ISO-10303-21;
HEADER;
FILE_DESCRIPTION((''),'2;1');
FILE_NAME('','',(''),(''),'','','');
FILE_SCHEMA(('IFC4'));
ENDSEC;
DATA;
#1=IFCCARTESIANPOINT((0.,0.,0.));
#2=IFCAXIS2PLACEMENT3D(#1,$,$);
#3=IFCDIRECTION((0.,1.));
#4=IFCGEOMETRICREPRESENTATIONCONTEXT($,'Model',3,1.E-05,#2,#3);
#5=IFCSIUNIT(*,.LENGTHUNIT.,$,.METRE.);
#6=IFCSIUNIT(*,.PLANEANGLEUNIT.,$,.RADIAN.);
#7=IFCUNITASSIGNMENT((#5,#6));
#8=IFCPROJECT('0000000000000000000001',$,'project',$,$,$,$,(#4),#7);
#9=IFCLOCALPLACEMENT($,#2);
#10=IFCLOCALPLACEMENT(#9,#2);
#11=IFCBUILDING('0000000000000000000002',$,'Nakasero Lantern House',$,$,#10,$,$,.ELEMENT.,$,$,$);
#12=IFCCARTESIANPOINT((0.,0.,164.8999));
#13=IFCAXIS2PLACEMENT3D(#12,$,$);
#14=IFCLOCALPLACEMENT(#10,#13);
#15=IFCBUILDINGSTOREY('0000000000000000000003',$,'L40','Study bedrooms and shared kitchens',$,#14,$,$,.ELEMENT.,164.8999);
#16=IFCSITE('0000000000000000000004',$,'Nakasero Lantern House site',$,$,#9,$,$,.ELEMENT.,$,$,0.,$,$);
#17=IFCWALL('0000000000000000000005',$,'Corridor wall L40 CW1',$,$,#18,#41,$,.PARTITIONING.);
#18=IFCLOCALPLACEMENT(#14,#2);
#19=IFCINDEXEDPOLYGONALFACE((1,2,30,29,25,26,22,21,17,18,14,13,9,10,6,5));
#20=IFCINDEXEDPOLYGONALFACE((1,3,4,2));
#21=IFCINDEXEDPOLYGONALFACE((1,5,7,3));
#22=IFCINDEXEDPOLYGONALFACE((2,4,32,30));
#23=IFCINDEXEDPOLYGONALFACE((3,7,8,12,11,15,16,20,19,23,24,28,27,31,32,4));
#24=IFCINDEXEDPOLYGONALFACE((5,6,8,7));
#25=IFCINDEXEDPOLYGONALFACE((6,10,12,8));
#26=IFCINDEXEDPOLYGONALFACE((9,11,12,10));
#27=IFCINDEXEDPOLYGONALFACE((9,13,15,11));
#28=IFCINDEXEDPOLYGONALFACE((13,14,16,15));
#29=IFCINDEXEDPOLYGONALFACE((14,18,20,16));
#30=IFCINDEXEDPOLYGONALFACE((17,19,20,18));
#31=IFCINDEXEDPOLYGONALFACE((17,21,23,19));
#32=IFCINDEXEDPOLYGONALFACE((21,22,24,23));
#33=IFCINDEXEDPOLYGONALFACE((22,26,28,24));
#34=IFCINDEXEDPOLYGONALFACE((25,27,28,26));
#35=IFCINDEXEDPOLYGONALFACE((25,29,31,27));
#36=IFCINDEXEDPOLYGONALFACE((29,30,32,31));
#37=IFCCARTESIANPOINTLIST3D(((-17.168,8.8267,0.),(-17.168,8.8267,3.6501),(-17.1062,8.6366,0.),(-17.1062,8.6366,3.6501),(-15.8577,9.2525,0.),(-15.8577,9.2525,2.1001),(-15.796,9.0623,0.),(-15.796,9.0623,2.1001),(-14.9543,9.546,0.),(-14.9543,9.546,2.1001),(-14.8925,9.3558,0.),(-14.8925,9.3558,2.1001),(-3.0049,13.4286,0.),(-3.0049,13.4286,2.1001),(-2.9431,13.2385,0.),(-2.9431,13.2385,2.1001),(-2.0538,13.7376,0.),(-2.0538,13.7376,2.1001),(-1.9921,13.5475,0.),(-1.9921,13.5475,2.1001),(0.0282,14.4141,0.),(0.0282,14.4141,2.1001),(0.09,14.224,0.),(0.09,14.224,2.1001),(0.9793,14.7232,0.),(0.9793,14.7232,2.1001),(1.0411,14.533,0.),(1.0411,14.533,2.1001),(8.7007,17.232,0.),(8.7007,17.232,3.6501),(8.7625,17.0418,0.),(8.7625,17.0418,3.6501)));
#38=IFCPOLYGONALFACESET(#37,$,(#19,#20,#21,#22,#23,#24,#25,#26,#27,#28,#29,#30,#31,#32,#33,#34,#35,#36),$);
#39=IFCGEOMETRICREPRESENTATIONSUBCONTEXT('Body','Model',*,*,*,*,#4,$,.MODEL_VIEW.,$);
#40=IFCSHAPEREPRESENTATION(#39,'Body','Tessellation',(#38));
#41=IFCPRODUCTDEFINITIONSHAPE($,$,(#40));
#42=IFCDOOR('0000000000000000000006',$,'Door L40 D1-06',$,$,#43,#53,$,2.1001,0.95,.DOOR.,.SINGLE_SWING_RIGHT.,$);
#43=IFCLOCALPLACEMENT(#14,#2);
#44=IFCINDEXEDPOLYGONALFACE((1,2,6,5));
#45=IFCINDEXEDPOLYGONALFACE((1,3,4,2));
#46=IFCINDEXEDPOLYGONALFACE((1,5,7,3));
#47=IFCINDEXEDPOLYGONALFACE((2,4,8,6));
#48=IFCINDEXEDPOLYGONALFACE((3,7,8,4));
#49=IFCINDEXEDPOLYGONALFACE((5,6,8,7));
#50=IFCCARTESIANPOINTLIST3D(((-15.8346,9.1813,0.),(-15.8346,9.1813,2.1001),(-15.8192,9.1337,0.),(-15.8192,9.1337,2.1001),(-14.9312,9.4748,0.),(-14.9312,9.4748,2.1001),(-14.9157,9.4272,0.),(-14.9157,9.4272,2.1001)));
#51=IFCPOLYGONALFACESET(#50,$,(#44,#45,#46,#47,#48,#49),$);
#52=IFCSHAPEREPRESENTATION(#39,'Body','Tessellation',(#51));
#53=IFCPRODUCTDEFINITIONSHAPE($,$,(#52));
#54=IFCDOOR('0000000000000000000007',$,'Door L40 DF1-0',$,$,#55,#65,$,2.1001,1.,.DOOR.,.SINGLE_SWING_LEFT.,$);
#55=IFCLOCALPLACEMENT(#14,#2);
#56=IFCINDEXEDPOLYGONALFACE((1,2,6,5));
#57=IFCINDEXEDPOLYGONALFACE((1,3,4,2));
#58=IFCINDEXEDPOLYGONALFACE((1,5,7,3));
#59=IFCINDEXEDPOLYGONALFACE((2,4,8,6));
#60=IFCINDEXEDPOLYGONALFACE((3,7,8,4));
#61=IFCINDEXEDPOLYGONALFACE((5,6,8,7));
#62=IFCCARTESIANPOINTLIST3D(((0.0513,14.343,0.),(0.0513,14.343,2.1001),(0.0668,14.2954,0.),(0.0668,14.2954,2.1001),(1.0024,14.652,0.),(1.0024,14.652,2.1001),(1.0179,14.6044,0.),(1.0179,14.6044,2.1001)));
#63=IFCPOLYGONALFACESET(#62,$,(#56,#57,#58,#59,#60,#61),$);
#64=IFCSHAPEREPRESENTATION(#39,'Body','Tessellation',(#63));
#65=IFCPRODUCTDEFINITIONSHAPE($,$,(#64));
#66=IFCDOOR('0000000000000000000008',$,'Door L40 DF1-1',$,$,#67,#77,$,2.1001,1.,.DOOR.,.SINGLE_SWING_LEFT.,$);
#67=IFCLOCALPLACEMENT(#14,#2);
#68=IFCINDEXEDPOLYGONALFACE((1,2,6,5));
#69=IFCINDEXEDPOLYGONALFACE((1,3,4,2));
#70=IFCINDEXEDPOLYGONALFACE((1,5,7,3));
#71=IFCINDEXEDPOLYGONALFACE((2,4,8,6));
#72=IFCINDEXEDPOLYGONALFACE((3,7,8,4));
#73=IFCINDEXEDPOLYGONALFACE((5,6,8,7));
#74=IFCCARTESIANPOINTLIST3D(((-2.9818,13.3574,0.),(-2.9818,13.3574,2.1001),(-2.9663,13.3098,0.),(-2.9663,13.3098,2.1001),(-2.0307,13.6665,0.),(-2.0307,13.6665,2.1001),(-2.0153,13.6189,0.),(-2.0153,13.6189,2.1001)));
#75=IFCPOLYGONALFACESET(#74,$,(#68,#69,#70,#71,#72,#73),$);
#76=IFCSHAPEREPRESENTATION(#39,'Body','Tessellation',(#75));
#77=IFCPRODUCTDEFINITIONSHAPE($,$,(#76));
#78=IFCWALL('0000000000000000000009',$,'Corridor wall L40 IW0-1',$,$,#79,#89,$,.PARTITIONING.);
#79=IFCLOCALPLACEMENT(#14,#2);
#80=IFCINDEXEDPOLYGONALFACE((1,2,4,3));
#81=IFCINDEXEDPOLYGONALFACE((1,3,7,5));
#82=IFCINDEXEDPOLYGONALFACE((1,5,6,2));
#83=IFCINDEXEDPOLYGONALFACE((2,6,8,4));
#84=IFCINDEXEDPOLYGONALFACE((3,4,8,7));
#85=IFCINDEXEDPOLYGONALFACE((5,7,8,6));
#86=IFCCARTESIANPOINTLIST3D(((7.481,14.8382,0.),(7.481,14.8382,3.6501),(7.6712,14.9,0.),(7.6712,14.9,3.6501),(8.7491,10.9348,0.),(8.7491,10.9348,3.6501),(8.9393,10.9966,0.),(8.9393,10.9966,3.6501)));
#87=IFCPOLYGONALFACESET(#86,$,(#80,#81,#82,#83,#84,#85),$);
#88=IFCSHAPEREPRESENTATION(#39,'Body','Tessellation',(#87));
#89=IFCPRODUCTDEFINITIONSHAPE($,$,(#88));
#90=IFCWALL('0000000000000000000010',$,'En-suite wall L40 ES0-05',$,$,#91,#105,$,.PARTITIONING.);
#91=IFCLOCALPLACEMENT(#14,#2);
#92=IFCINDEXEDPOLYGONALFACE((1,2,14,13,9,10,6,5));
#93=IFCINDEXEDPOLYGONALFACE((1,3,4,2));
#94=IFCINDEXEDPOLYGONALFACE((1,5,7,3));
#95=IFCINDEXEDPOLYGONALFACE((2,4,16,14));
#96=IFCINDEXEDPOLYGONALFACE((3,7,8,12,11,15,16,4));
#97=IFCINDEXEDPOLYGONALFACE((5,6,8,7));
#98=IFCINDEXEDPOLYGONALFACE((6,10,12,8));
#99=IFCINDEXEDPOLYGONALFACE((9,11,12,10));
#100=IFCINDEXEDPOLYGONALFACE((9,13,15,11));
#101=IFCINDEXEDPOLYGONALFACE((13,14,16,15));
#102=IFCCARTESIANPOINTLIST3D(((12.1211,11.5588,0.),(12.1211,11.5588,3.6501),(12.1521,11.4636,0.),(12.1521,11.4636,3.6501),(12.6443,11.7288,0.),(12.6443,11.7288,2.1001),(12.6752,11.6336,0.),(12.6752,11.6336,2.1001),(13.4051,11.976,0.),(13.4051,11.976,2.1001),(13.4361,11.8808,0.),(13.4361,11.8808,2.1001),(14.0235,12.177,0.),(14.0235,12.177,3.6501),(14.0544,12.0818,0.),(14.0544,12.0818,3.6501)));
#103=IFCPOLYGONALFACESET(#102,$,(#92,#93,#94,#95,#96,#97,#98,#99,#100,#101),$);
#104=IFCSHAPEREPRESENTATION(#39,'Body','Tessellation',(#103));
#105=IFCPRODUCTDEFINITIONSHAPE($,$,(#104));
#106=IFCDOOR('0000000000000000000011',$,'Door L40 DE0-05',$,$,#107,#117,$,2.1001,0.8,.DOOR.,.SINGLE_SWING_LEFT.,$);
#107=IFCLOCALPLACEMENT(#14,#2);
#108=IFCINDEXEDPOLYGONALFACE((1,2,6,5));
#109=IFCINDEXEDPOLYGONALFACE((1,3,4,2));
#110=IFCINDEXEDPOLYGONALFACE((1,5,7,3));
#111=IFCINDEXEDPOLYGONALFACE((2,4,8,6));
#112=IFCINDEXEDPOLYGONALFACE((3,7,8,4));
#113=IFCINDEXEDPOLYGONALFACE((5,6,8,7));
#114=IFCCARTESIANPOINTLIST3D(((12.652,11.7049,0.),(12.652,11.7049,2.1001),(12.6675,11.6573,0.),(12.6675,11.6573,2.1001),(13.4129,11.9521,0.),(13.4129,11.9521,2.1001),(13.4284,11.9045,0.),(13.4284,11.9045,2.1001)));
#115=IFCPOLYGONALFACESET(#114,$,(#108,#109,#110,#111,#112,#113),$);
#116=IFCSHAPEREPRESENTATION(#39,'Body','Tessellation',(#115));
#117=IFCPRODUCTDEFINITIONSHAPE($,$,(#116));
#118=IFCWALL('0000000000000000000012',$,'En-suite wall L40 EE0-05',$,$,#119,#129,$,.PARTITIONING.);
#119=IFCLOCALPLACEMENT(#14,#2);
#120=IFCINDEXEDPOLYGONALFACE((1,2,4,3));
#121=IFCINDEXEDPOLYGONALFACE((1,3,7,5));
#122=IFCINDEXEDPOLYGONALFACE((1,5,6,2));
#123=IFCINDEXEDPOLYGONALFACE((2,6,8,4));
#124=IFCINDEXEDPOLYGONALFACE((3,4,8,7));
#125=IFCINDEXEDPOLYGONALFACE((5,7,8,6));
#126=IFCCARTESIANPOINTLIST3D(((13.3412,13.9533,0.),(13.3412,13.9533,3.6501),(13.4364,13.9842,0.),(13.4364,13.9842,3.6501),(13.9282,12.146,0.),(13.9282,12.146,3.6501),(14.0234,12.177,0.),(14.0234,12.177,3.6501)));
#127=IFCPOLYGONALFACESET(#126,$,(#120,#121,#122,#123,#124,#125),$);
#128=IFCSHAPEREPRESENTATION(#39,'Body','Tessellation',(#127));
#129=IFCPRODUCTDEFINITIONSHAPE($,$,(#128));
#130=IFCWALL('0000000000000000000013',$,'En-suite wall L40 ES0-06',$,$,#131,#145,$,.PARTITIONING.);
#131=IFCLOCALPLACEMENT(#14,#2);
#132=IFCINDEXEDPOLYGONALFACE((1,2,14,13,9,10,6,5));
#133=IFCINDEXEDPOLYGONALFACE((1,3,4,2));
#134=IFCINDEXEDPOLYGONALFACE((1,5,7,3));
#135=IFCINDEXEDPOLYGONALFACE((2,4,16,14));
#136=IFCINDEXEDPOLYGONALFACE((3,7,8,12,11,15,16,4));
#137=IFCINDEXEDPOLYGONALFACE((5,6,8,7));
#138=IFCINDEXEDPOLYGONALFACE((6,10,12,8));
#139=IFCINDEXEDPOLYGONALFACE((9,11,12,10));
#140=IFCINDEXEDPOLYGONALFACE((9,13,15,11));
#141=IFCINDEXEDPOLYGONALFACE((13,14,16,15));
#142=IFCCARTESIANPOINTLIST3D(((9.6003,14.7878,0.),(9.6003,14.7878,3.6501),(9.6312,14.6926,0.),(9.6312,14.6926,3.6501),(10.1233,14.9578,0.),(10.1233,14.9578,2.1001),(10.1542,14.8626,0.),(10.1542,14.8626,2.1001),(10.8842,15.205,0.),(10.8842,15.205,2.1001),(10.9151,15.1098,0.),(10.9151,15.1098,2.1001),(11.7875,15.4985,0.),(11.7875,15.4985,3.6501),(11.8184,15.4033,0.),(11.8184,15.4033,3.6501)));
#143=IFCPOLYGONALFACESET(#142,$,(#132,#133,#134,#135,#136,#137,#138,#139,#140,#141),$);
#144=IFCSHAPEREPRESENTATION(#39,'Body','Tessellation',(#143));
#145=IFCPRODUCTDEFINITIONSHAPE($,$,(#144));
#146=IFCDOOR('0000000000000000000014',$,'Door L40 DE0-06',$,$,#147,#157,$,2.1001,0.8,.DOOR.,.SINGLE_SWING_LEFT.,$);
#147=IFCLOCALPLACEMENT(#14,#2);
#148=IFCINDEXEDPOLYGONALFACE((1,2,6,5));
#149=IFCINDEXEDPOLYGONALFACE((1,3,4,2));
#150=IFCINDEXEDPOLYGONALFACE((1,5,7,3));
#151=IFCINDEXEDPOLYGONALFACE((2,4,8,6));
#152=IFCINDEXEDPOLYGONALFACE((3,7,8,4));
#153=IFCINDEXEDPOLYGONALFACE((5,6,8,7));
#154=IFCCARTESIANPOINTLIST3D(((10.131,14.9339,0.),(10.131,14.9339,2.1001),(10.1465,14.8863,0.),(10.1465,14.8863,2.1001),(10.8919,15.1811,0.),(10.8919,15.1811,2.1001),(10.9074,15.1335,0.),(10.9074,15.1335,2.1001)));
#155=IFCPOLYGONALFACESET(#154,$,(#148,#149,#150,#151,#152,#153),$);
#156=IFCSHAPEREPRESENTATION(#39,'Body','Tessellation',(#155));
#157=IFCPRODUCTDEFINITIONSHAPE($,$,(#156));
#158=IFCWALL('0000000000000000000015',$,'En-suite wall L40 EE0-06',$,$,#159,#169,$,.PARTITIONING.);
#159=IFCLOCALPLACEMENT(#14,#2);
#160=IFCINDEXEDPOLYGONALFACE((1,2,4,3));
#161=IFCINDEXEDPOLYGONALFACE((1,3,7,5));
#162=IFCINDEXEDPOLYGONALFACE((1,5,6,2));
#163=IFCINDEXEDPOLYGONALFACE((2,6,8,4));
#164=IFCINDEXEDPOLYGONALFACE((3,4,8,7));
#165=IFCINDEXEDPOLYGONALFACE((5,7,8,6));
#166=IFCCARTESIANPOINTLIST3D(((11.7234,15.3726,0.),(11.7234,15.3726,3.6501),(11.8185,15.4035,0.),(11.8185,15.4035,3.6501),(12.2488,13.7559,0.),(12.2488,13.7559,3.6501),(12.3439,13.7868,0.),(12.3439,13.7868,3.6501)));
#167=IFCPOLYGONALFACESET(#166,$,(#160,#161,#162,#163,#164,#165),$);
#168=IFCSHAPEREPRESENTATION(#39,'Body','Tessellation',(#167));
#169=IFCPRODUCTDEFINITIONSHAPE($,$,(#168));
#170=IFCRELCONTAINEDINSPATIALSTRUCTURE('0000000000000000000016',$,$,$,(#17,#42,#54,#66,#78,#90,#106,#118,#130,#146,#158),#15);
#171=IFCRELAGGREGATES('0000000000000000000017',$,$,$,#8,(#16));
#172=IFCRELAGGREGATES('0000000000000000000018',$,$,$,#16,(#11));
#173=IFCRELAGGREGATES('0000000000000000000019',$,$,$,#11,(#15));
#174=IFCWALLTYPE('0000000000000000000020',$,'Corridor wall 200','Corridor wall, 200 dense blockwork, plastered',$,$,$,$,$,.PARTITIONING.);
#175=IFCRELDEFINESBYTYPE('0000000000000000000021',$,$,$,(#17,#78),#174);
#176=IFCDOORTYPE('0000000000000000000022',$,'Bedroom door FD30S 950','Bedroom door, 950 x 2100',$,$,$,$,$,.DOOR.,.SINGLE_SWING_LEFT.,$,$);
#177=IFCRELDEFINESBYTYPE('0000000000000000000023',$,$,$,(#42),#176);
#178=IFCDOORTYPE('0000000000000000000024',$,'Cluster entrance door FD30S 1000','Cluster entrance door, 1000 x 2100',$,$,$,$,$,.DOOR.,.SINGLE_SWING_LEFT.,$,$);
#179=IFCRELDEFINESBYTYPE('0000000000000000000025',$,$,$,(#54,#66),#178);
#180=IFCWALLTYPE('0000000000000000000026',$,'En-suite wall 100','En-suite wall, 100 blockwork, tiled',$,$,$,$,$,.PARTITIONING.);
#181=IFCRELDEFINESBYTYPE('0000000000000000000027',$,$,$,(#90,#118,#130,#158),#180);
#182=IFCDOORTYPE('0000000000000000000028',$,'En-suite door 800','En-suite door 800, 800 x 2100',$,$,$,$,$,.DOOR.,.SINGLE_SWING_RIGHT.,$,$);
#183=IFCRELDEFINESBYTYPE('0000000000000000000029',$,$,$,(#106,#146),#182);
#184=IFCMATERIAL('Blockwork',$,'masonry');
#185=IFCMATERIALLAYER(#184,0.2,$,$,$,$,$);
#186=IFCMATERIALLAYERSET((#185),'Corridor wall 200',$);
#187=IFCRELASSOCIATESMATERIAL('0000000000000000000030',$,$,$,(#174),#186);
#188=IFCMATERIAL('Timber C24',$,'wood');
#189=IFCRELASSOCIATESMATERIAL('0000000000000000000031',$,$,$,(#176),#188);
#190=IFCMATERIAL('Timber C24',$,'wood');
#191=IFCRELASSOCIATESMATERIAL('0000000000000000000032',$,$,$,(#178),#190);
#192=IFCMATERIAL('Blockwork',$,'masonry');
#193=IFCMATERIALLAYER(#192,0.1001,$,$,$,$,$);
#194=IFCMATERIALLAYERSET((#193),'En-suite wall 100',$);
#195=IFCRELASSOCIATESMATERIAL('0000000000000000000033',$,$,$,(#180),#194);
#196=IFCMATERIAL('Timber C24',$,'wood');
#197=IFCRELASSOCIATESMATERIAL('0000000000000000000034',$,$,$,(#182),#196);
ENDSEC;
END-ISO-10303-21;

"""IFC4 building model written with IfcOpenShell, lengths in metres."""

from ifc_helpers import new_model, si_unit, direction, frame, frame_2d, origin, place, context, subcontext, project, spatial, rectangle, extrude, material, layer, layer_set, type_object, element, fill, save


model = new_model("IFC4")

# Units and contexts
model_context = context("Model", 3, precision=1e-05, world=origin(), true_north=direction((0.0, 1.0)))
body_context = subcontext(model_context, "Body", "Model", "MODEL_VIEW")
ifc_project = project(units=[si_unit("LENGTHUNIT", "METRE"), si_unit("PLANEANGLEUNIT", "RADIAN")], contexts=[model_context])

# Site, building, storey
site_placement = place(None, origin())
site = spatial("IfcSite", under=ifc_project, at=site_placement, Name="Nakasero Lantern House site", CompositionType="ELEMENT", RefElevation=0.0)
building_placement = place(site_placement, origin())
building = spatial("IfcBuilding", under=site, at=building_placement, Name="Nakasero Lantern House", CompositionType="ELEMENT")
storey_placement = place(building_placement, frame((0.0, 0.0, 164.8999)))
storey = spatial("IfcBuildingStorey", under=building, at=storey_placement, Name="L40", Description="Study bedrooms and shared kitchens", CompositionType="ELEMENT", Elevation=164.8999)

# Wall, openings, doors
ifc_material_1 = material(Name="Blockwork", Category="masonry")
ifc_layer_1 = layer(ifc_material_1, 0.2)
ifc_layer_set_1 = layer_set([ifc_layer_1], Name="Corridor wall 200")
wall_type_1 = type_object("IfcWallType", Name="Corridor wall 200", Description="Corridor wall, 200 dense blockwork, plastered", PredefinedType="PARTITIONING", material=ifc_layer_set_1)
wall_1_placement = place(storey_placement, frame((8.7317, 17.137, 0.0), z_axis=(0.0, 0.0, 1.0), x_axis=(-0.951056, -0.309018, 0.0)))
wall_1 = element("IfcWall", 1, at=wall_1_placement, inside=storey, type_object=wall_type_1, Name="Corridor wall L40 CW1", PredefinedType="PARTITIONING", context=body_context, shape_type="SweptSolid", body=[
    extrude(rectangle(XDim=27.2, YDim=0.2, at=frame_2d((13.6001, 0.0))), origin(), (0.0, 0.0, 1.0), 3.6501),
])
opening_1_placement = place(wall_1_placement, frame((8.1189, 0.0, 0.0)))
opening_1 = element("IfcOpeningElement", 2, at=opening_1_placement, cuts=wall_1, PredefinedType="OPENING", context=body_context, shape_type="SweptSolid", body=[
    extrude(rectangle(XDim=1.0, YDim=2.1001, at=frame_2d((0.5, 1.05))), frame((0.0, 0.1199, 0.0), z_axis=(0.0, -1.0, 0.0), x_axis=(1.0, 0.0, 0.0)), (0.0, 0.0, 1.0), 0.24),
])
opening_2_placement = place(wall_1_placement, frame((11.3081, 0.0, 0.0)))
opening_2 = element("IfcOpeningElement", 3, at=opening_2_placement, cuts=wall_1, PredefinedType="OPENING", context=body_context, shape_type="SweptSolid", body=[
    extrude(rectangle(XDim=1.0, YDim=2.1001, at=frame_2d((0.5, 1.05))), frame((0.0, 0.1199, 0.0), z_axis=(0.0, -1.0, 0.0), x_axis=(1.0, 0.0, 0.0)), (0.0, 0.0, 1.0), 0.24),
])
opening_3_placement = place(wall_1_placement, frame((24.8723, 0.0, 0.0)))
opening_3 = element("IfcOpeningElement", 4, at=opening_3_placement, cuts=wall_1, PredefinedType="OPENING", context=body_context, shape_type="SweptSolid", body=[
    extrude(rectangle(XDim=0.95, YDim=2.1001, at=frame_2d((0.4751, 1.05))), frame((0.0, 0.1199, 0.0), z_axis=(0.0, -1.0, 0.0), x_axis=(1.0, 0.0, 0.0)), (0.0, 0.0, 1.0), 0.24),
])
ifc_material_2 = material(Name="Timber C24", Category="wood")
door_type_1 = type_object("IfcDoorType", Name="Bedroom door FD30S 950", Description="Bedroom door, 950 x 2100", OperationType="SINGLE_SWING_LEFT", PredefinedType="DOOR", material=ifc_material_2)
door_1_placement = place(opening_3_placement, origin())
door_1 = element("IfcDoor", 5, at=door_1_placement, inside=storey, type_object=door_type_1, Name="Door L40 D1-06", OperationType="SINGLE_SWING_RIGHT", OverallHeight=2.1001, OverallWidth=0.95, PredefinedType="DOOR", context=body_context, shape_type="SweptSolid", body=[
    extrude(rectangle(XDim=0.95, YDim=2.1001, at=frame_2d((0.4751, 1.05))), frame((0.0, 0.0249, 0.0), z_axis=(0.0, -1.0, 0.0), x_axis=(1.0, 0.0, 0.0)), (0.0, 0.0, 1.0), 0.05),
])
fill(opening_3, door_1)
ifc_material_3 = material(Name="Timber C24", Category="wood")
door_type_2 = type_object("IfcDoorType", Name="Cluster entrance door FD30S 1000", Description="Cluster entrance door, 1000 x 2100", OperationType="SINGLE_SWING_LEFT", PredefinedType="DOOR", material=ifc_material_3)
door_2_placement = place(opening_1_placement, origin())
door_2 = element("IfcDoor", 6, at=door_2_placement, inside=storey, type_object=door_type_2, Name="Door L40 DF1-0", OperationType="SINGLE_SWING_LEFT", OverallHeight=2.1001, OverallWidth=1.0, PredefinedType="DOOR", context=body_context, shape_type="SweptSolid", body=[
    extrude(rectangle(XDim=1.0, YDim=2.1001, at=frame_2d((0.5, 1.05))), frame((0.0, 0.0249, 0.0), z_axis=(0.0, -1.0, 0.0), x_axis=(1.0, 0.0, 0.0)), (0.0, 0.0, 1.0), 0.05),
])
fill(opening_1, door_2)
door_3_placement = place(opening_2_placement, origin())
door_3 = element("IfcDoor", 7, at=door_3_placement, inside=storey, type_object=door_type_2, Name="Door L40 DF1-1", OperationType="SINGLE_SWING_LEFT", OverallHeight=2.1001, OverallWidth=1.0, PredefinedType="DOOR", context=body_context, shape_type="SweptSolid", body=[
    extrude(rectangle(XDim=1.0, YDim=2.1001, at=frame_2d((0.5, 1.05))), frame((0.0, 0.0249, 0.0), z_axis=(0.0, -1.0, 0.0), x_axis=(1.0, 0.0, 0.0)), (0.0, 0.0, 1.0), 0.05),
])
fill(opening_2, door_3)

# Wall
wall_2_placement = place(storey_placement, frame((8.8442, 10.9656, 0.0), z_axis=(0.0, 0.0, 1.0), x_axis=(-0.308973, 0.951071, 0.0)))
element("IfcWall", 8, at=wall_2_placement, inside=storey, type_object=wall_type_1, Name="Corridor wall L40 IW0-1", PredefinedType="PARTITIONING", context=body_context, shape_type="SweptSolid", body=[
    extrude(rectangle(XDim=4.1042, YDim=0.2, at=frame_2d((2.0522, 0.0))), origin(), (0.0, 0.0, 1.0), 3.6501),
])

# Wall, opening, door
ifc_material_4 = material(Name="Blockwork", Category="masonry")
ifc_layer_2 = layer(ifc_material_4, 0.1001)
ifc_layer_set_2 = layer_set([ifc_layer_2], Name="En-suite wall 100")
wall_type_2 = type_object("IfcWallType", Name="En-suite wall 100", Description="En-suite wall, 100 blockwork, tiled", PredefinedType="PARTITIONING", material=ifc_layer_set_2)
wall_3_placement = place(storey_placement, frame((12.1367, 11.5112, 0.0), z_axis=(0.0, 0.0, 1.0), x_axis=(0.951048, 0.309042, 0.0)))
wall_3 = element("IfcWall", 9, at=wall_3_placement, inside=storey, type_object=wall_type_2, Name="En-suite wall L40 ES0-05", PredefinedType="PARTITIONING", context=body_context, shape_type="SweptSolid", body=[
    extrude(rectangle(XDim=2.0002, YDim=0.1001, at=frame_2d((1.0, 0.0))), origin(), (0.0, 0.0, 1.0), 3.6501),
])
opening_4_placement = place(wall_3_placement, frame((0.55, 0.0, 0.0)))
opening_4 = element("IfcOpeningElement", 10, at=opening_4_placement, cuts=wall_3, PredefinedType="OPENING", context=body_context, shape_type="SweptSolid", body=[
    extrude(rectangle(XDim=0.8, YDim=2.1001, at=frame_2d((0.3999, 1.05))), frame((0.0, 0.0701, 0.0), z_axis=(0.0, -1.0, 0.0), x_axis=(1.0, 0.0, 0.0)), (0.0, 0.0, 1.0), 0.1401),
])
ifc_material_5 = material(Name="Timber C24", Category="wood")
door_type_3 = type_object("IfcDoorType", Name="En-suite door 800", Description="En-suite door 800, 800 x 2100", OperationType="SINGLE_SWING_RIGHT", PredefinedType="DOOR", material=ifc_material_5)
door_4_placement = place(opening_4_placement, origin())
door_4 = element("IfcDoor", 11, at=door_4_placement, inside=storey, type_object=door_type_3, Name="Door L40 DE0-05", OperationType="SINGLE_SWING_LEFT", OverallHeight=2.1001, OverallWidth=0.8, PredefinedType="DOOR", context=body_context, shape_type="SweptSolid", body=[
    extrude(rectangle(XDim=0.8, YDim=2.1001, at=frame_2d((0.3999, 1.05))), frame((0.0, 0.0249, 0.0), z_axis=(0.0, -1.0, 0.0), x_axis=(1.0, 0.0, 0.0)), (0.0, 0.0, 1.0), 0.05),
])
fill(opening_4, door_4)

# Wall
wall_4_placement = place(storey_placement, frame((13.9758, 12.1614, 0.0), z_axis=(0.0, 0.0, 1.0), x_axis=(-0.308894, 0.951096, 0.0)))
element("IfcWall", 12, at=wall_4_placement, inside=storey, type_object=wall_type_2, Name="En-suite wall L40 EE0-05", PredefinedType="PARTITIONING", context=body_context, shape_type="SweptSolid", body=[
    extrude(rectangle(XDim=1.9001, YDim=0.1001, at=frame_2d((0.9502, 0.0))), origin(), (0.0, 0.0, 1.0), 3.6501),
])

# Wall, opening, door
wall_5_placement = place(storey_placement, frame((9.6157, 14.7402, 0.0), z_axis=(0.0, 0.0, 1.0), x_axis=(0.951055, 0.309021, 0.0)))
wall_5 = element("IfcWall", 13, at=wall_5_placement, inside=storey, type_object=wall_type_2, Name="En-suite wall L40 ES0-06", PredefinedType="PARTITIONING", context=body_context, shape_type="SweptSolid", body=[
    extrude(rectangle(XDim=2.2998, YDim=0.1001, at=frame_2d((1.1499, 0.0))), origin(), (0.0, 0.0, 1.0), 3.6501),
])
opening_5_placement = place(wall_5_placement, frame((0.55, 0.0, 0.0)))
opening_5 = element("IfcOpeningElement", 14, at=opening_5_placement, cuts=wall_5, PredefinedType="OPENING", context=body_context, shape_type="SweptSolid", body=[
    extrude(rectangle(XDim=0.8, YDim=2.1001, at=frame_2d((0.3999, 1.05))), frame((0.0, 0.0701, 0.0), z_axis=(0.0, -1.0, 0.0), x_axis=(1.0, 0.0, 0.0)), (0.0, 0.0, 1.0), 0.1401),
])
door_5_placement = place(opening_5_placement, origin())
door_5 = element("IfcDoor", 15, at=door_5_placement, inside=storey, type_object=door_type_3, Name="Door L40 DE0-06", OperationType="SINGLE_SWING_LEFT", OverallHeight=2.1001, OverallWidth=0.8, PredefinedType="DOOR", context=body_context, shape_type="SweptSolid", body=[
    extrude(rectangle(XDim=0.8, YDim=2.1001, at=frame_2d((0.3999, 1.05))), frame((0.0, 0.0249, 0.0), z_axis=(0.0, -1.0, 0.0), x_axis=(1.0, 0.0, 0.0)), (0.0, 0.0, 1.0), 0.05),
])
fill(opening_5, door_5)

# Wall
wall_6_placement = place(storey_placement, frame((12.2964, 13.7712, 0.0), z_axis=(0.0, 0.0, 1.0), x_axis=(-0.309067, 0.95104, 0.0)))
element("IfcWall", 16, at=wall_6_placement, inside=storey, type_object=wall_type_2, Name="En-suite wall L40 EE0-06", PredefinedType="PARTITIONING", context=body_context, shape_type="SweptSolid", body=[
    extrude(rectangle(XDim=1.7, YDim=0.1001, at=frame_2d((0.8501, 0.0))), origin(), (0.0, 0.0, 1.0), 3.6501),
])

save(model, "model.ifc")
